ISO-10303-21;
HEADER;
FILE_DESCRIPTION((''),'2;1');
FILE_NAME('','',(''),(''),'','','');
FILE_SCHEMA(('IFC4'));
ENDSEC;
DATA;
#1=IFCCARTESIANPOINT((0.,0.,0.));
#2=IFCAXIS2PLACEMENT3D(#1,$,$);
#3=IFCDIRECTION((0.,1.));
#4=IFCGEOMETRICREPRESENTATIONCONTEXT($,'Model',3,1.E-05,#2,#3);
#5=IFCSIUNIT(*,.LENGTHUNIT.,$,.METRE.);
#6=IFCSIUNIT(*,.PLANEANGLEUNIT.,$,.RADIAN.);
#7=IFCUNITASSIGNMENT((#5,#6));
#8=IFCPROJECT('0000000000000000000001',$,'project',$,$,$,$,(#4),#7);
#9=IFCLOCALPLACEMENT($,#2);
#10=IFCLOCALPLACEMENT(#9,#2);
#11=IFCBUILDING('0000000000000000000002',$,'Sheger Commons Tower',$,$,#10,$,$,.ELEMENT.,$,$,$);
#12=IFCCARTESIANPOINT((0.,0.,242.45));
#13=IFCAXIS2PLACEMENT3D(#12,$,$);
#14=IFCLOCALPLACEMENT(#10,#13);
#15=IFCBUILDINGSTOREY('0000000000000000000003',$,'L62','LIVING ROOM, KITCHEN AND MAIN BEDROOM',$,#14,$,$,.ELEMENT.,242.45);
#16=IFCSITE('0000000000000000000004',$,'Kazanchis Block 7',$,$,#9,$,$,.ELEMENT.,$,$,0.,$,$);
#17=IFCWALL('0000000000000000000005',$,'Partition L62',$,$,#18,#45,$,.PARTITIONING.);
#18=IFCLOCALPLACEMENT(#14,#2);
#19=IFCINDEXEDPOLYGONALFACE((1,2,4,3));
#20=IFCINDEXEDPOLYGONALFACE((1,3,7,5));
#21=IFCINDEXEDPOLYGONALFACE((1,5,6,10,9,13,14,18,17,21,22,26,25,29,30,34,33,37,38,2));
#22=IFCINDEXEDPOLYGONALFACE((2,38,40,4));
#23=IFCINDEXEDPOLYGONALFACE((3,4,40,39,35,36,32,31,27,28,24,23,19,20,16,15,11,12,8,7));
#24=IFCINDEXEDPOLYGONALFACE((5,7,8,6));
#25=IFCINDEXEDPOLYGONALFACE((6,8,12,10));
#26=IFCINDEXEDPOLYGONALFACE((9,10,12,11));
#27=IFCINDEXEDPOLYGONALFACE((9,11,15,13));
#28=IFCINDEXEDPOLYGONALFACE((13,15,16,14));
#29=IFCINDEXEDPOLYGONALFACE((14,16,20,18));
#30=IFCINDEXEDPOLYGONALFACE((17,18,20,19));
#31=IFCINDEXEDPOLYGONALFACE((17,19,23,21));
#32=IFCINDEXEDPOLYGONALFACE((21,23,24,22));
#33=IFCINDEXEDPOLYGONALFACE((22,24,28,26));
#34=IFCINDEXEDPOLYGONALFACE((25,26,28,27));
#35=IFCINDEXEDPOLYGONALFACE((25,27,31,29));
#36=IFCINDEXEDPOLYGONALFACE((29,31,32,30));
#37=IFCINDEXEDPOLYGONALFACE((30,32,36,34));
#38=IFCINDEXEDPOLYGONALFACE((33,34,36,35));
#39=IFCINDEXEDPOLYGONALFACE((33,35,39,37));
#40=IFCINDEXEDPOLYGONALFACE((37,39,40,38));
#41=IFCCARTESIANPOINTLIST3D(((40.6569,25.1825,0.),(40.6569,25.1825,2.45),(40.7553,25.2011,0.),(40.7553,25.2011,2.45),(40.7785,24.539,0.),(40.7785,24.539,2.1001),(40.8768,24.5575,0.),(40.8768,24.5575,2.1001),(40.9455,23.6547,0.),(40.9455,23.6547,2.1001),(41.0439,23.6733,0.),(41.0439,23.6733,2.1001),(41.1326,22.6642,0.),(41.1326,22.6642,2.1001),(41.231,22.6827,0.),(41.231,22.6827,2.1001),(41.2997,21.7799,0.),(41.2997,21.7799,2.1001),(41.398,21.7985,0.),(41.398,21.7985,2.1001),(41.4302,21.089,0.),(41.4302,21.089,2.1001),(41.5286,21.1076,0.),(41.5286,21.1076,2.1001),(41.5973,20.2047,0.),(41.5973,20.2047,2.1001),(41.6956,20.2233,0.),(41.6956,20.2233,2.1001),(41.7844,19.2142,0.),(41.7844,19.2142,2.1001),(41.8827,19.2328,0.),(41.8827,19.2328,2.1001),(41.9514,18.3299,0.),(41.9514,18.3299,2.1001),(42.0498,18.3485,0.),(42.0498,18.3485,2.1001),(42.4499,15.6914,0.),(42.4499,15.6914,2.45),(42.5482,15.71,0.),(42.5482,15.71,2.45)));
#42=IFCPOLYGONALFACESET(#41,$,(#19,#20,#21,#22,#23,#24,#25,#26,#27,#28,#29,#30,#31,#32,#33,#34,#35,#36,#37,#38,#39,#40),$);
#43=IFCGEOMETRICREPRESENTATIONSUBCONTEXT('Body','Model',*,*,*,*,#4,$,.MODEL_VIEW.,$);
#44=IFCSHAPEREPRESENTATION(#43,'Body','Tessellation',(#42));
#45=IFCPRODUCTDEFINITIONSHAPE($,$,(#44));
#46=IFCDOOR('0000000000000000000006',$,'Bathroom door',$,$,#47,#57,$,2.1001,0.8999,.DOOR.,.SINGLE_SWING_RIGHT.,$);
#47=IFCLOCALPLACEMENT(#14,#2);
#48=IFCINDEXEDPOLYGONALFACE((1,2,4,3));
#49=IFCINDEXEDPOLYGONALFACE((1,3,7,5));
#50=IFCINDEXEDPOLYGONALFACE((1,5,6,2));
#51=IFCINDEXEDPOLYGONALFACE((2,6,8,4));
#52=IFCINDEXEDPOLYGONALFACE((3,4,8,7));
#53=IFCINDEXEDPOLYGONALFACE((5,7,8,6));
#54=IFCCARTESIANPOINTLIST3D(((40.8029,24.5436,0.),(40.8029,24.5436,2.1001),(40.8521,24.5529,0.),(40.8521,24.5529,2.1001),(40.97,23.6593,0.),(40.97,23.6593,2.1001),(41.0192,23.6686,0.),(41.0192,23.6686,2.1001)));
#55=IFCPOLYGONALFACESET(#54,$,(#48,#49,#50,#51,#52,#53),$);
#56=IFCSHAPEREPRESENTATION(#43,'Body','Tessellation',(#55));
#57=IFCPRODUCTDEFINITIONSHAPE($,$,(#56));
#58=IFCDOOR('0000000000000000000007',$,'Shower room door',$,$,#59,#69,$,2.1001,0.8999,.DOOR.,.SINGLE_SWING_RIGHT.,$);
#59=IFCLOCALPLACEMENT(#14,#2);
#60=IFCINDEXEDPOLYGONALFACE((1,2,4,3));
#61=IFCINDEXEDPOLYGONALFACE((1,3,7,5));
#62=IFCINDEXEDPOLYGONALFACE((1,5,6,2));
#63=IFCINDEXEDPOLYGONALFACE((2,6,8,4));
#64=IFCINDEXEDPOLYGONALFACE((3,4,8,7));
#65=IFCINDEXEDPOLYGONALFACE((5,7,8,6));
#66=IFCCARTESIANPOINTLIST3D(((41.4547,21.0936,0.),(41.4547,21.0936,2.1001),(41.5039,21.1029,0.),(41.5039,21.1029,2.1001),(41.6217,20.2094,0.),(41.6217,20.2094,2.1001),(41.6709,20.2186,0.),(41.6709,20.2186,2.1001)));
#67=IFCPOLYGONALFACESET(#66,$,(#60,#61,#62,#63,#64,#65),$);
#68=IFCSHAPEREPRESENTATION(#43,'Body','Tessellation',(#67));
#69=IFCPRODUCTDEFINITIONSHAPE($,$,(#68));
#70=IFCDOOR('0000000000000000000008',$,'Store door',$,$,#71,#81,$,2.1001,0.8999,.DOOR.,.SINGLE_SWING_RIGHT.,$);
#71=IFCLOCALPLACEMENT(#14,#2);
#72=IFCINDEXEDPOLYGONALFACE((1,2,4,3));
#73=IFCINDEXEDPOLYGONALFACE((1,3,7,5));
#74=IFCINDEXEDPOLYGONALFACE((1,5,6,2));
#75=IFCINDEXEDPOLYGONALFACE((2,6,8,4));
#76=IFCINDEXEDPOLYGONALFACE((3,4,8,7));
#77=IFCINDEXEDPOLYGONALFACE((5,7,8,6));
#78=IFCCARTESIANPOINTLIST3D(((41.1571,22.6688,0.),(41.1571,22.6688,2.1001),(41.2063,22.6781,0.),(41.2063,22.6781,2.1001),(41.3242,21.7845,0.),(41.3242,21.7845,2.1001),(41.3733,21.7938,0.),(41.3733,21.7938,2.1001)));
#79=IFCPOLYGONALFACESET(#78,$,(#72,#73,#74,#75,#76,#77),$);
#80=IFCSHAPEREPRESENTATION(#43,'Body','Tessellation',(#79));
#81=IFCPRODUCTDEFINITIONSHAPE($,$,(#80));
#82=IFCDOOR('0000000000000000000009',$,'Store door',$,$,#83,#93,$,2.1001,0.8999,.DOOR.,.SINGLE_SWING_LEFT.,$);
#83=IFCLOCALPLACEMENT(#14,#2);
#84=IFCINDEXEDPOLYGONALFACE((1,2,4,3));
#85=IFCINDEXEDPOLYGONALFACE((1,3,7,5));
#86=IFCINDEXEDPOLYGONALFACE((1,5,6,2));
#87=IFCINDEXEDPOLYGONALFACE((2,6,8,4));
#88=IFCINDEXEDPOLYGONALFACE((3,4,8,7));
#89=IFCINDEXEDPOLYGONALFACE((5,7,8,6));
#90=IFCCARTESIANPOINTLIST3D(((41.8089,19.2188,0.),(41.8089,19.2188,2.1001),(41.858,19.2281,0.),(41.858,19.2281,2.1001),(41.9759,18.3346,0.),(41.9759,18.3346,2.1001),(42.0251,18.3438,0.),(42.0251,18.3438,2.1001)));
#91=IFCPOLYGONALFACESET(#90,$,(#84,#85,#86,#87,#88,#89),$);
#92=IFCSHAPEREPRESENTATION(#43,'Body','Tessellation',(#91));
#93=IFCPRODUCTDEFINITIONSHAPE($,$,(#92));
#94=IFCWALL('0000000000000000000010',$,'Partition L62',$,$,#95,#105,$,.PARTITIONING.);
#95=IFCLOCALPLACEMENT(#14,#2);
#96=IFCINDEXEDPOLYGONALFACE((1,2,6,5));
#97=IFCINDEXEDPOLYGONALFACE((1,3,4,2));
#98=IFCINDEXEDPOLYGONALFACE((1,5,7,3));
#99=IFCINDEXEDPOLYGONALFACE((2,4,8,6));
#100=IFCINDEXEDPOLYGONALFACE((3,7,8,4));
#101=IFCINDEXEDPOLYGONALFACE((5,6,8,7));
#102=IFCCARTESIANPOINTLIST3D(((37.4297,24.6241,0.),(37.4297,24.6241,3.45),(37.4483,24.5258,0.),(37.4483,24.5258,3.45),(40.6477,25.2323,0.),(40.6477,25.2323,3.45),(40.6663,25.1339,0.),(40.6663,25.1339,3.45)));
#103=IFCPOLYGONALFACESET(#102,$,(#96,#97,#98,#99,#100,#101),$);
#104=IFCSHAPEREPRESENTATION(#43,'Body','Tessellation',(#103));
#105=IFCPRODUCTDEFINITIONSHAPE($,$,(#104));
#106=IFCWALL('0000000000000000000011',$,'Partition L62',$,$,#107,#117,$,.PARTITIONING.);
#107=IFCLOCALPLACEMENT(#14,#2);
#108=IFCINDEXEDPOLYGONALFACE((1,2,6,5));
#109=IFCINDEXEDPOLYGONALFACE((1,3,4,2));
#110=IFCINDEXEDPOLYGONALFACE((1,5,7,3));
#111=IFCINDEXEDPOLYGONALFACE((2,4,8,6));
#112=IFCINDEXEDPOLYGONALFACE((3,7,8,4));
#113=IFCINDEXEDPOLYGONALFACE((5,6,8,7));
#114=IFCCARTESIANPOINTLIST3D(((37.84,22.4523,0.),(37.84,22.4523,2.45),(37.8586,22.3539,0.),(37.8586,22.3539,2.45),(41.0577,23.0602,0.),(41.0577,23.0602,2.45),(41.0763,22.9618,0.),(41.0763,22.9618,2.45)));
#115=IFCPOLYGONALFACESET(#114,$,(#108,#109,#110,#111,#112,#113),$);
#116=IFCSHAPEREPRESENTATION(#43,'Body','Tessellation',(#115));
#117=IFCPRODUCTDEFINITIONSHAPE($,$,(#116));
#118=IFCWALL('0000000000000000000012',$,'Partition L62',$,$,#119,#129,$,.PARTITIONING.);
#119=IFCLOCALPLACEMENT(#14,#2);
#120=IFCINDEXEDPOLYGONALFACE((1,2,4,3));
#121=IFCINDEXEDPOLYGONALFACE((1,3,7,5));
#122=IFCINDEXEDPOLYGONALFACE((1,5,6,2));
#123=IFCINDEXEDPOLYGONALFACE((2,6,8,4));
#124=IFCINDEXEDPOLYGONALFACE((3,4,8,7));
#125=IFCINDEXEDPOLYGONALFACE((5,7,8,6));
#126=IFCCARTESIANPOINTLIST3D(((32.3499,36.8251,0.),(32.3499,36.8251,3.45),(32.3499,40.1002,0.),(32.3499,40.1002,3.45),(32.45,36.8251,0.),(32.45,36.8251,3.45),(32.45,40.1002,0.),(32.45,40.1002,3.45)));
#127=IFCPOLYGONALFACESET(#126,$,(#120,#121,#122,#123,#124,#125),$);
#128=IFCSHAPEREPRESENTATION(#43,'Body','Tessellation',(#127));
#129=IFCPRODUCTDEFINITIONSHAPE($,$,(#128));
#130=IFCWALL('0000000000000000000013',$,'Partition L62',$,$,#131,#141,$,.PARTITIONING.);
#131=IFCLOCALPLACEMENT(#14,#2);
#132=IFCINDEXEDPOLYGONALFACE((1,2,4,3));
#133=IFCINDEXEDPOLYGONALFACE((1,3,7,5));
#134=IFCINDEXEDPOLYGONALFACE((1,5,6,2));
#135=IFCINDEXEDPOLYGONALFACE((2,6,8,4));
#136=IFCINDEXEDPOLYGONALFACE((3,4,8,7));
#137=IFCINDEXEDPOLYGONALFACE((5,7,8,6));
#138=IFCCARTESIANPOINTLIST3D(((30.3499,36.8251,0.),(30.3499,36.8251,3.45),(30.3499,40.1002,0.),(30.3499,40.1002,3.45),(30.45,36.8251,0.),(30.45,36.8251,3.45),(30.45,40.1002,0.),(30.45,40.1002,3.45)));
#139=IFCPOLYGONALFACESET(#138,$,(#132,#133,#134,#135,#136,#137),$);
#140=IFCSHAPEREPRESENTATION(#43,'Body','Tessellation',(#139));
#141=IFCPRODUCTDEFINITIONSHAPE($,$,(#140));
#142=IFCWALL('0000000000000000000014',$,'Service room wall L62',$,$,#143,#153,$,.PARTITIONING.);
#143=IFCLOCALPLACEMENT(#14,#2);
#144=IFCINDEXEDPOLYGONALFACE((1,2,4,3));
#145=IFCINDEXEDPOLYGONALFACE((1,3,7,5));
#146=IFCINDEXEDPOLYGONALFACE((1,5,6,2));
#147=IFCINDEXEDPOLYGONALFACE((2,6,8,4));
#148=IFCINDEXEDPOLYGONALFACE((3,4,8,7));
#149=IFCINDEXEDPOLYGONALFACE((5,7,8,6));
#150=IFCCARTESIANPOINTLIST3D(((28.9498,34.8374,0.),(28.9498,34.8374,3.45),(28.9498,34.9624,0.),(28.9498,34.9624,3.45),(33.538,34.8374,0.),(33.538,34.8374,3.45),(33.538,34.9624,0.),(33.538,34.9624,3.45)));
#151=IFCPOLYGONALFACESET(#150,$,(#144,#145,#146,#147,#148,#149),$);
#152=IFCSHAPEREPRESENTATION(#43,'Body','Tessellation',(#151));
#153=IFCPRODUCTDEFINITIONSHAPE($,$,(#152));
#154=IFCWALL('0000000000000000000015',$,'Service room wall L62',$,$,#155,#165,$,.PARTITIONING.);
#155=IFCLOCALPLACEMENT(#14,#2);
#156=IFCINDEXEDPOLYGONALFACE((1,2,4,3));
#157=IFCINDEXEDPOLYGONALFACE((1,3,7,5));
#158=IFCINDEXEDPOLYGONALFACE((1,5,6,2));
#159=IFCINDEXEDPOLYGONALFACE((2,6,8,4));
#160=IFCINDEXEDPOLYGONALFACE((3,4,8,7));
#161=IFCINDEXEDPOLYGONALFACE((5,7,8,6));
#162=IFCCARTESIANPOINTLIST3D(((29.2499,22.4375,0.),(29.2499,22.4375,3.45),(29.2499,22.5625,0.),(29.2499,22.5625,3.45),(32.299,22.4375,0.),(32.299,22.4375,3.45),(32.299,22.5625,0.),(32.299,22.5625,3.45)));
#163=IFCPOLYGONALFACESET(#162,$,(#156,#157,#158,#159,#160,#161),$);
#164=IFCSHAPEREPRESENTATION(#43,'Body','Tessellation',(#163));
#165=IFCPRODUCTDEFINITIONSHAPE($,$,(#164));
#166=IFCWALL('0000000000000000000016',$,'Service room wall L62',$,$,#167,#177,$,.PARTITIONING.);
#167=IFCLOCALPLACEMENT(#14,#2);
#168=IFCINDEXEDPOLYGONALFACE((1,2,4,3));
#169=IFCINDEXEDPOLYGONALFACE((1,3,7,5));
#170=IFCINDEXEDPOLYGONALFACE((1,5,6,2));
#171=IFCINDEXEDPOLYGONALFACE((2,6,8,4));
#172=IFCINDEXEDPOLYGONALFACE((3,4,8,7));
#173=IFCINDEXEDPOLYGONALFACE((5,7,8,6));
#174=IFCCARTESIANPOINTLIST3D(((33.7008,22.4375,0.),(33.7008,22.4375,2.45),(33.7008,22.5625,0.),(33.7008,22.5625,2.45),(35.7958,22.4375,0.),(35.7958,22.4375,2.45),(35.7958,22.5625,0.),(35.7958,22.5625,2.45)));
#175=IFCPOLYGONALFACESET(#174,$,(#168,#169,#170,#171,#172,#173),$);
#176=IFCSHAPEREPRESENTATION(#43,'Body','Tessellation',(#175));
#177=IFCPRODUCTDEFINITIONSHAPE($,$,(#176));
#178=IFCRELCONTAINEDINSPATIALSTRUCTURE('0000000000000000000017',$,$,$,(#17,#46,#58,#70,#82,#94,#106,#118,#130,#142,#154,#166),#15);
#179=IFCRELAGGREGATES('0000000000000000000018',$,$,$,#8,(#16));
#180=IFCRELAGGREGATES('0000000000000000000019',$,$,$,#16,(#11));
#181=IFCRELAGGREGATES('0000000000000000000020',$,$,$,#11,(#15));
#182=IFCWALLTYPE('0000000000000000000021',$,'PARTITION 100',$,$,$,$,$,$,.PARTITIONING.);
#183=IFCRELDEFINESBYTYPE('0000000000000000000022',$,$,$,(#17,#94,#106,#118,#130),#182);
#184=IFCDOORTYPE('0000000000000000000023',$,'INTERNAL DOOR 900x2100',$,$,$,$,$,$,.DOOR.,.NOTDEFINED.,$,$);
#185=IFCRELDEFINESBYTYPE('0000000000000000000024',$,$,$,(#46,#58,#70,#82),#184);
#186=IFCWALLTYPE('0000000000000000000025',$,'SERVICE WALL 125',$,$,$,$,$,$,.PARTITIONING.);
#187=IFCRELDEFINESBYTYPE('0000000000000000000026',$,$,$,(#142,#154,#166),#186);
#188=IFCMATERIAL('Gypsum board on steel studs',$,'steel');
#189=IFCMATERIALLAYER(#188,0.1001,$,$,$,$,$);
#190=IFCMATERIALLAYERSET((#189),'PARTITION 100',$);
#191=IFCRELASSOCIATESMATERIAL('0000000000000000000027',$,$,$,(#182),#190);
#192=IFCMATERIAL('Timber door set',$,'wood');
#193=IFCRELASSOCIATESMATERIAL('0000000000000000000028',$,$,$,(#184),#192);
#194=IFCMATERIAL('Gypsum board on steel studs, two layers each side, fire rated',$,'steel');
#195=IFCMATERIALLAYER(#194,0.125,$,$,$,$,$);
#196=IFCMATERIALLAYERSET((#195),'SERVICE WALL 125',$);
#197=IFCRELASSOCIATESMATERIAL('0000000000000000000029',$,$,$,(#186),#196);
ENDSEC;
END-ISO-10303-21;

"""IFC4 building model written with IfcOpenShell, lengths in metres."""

from ifc_helpers import new_model, si_unit, direction, frame, frame_2d, origin, place, context, subcontext, project, spatial, rectangle, extrude, material, layer, layer_set, type_object, element, fill, save


model = new_model("IFC4")

# Units and contexts
model_context = context("Model", 3, precision=1e-05, world=origin(), true_north=direction((0.0, 1.0)))
body_context = subcontext(model_context, "Body", "Model", "MODEL_VIEW")
ifc_project = project(units=[si_unit("LENGTHUNIT", "METRE"), si_unit("PLANEANGLEUNIT", "RADIAN")], contexts=[model_context])

# Site, building, storey
site_placement = place(None, origin())
site = spatial("IfcSite", under=ifc_project, at=site_placement, Name="Kazanchis Block 7", CompositionType="ELEMENT", RefElevation=0.0)
building_placement = place(site_placement, origin())
building = spatial("IfcBuilding", under=site, at=building_placement, Name="Sheger Commons Tower", CompositionType="ELEMENT")
storey_placement = place(building_placement, frame((0.0, 0.0, 242.45)))
storey = spatial("IfcBuildingStorey", under=building, at=storey_placement, Name="L62", Description="LIVING ROOM, KITCHEN AND MAIN BEDROOM", CompositionType="ELEMENT", Elevation=242.45)

# Shared definitions
ifc_material_1 = material(Name="Gypsum board on steel studs", Category="steel")
ifc_layer_1 = layer(ifc_material_1, 0.1001)
ifc_layer_set_1 = layer_set([ifc_layer_1], Name="PARTITION 100")
wall_type_1 = type_object("IfcWallType", Name="PARTITION 100", PredefinedType="PARTITIONING", material=ifc_layer_set_1)

# Wall, openings, doors
wall_1_placement = place(storey_placement, frame((40.7061, 25.1919, 0.0), z_axis=(0.0, 0.0, 1.0), x_axis=(0.18563, -0.98262, 0.0)))
wall_1 = element("IfcWall", 1, at=wall_1_placement, inside=storey, type_object=wall_type_1, Name="Partition L62", PredefinedType="PARTITIONING", context=body_context, shape_type="SweptSolid", body=[
    extrude(rectangle(XDim=9.6589, YDim=0.1001, at=frame_2d((4.8296, 0.0))), origin(), (0.0, 0.0, 1.0), 2.45),
])
opening_1_placement = place(wall_1_placement, frame((0.655, 0.0, 0.0)))
opening_1 = element("IfcOpeningElement", 2, at=opening_1_placement, cuts=wall_1, PredefinedType="OPENING", context=body_context, shape_type="SweptSolid", body=[
    extrude(rectangle(XDim=0.8999, YDim=2.1001, at=frame_2d((0.45, 1.05))), frame((0.0, 0.0601, 0.0), z_axis=(0.0, -1.0, 0.0), x_axis=(1.0, 0.0, 0.0)), (0.0, 0.0, 1.0), 0.1201),
])
opening_2_placement = place(wall_1_placement, frame((4.166, 0.0, 0.0)))
opening_2 = element("IfcOpeningElement", 3, at=opening_2_placement, cuts=wall_1, PredefinedType="OPENING", context=body_context, shape_type="SweptSolid", body=[
    extrude(rectangle(XDim=0.8999, YDim=2.1001, at=frame_2d((0.45, 1.05))), frame((0.0, 0.0601, 0.0), z_axis=(0.0, -1.0, 0.0), x_axis=(1.0, 0.0, 0.0)), (0.0, 0.0, 1.0), 0.1201),
])
opening_3_placement = place(wall_1_placement, frame((2.563, 0.0, 0.0)))
opening_3 = element("IfcOpeningElement", 4, at=opening_3_placement, cuts=wall_1, PredefinedType="OPENING", context=body_context, shape_type="SweptSolid", body=[
    extrude(rectangle(XDim=0.8999, YDim=2.1001, at=frame_2d((0.45, 1.05))), frame((0.0, 0.0601, 0.0), z_axis=(0.0, -1.0, 0.0), x_axis=(1.0, 0.0, 0.0)), (0.0, 0.0, 1.0), 0.1201),
])
opening_4_placement = place(wall_1_placement, frame((6.074, 0.0, 0.0)))
opening_4 = element("IfcOpeningElement", 5, at=opening_4_placement, cuts=wall_1, PredefinedType="OPENING", context=body_context, shape_type="SweptSolid", body=[
    extrude(rectangle(XDim=0.8999, YDim=2.1001, at=frame_2d((0.45, 1.05))), frame((0.0, 0.0601, 0.0), z_axis=(0.0, -1.0, 0.0), x_axis=(1.0, 0.0, 0.0)), (0.0, 0.0, 1.0), 0.1201),
])
ifc_material_2 = material(Name="Timber door set", Category="wood")
door_type = type_object("IfcDoorType", Name="INTERNAL DOOR 900x2100", OperationType="NOTDEFINED", PredefinedType="DOOR", material=ifc_material_2)
door_1_placement = place(opening_1_placement, origin())
door_1 = element("IfcDoor", 6, at=door_1_placement, inside=storey, type_object=door_type, Name="Bathroom door", OperationType="SINGLE_SWING_RIGHT", OverallHeight=2.1001, OverallWidth=0.8999, PredefinedType="DOOR", context=body_context, shape_type="SweptSolid", body=[
    extrude(rectangle(XDim=0.8999, YDim=2.1001, at=frame_2d((0.45, 1.05))), frame((0.0, 0.0249, 0.0), z_axis=(0.0, -1.0, 0.0), x_axis=(1.0, 0.0, 0.0)), (0.0, 0.0, 1.0), 0.05),
])
fill(opening_1, door_1)
door_2_placement = place(opening_2_placement, origin())
door_2 = element("IfcDoor", 7, at=door_2_placement, inside=storey, type_object=door_type, Name="Shower room door", OperationType="SINGLE_SWING_RIGHT", OverallHeight=2.1001, OverallWidth=0.8999, PredefinedType="DOOR", context=body_context, shape_type="SweptSolid", body=[
    extrude(rectangle(XDim=0.8999, YDim=2.1001, at=frame_2d((0.45, 1.05))), frame((0.0, 0.0249, 0.0), z_axis=(0.0, -1.0, 0.0), x_axis=(1.0, 0.0, 0.0)), (0.0, 0.0, 1.0), 0.05),
])
fill(opening_2, door_2)
door_3_placement = place(opening_3_placement, origin())
door_3 = element("IfcDoor", 8, at=door_3_placement, inside=storey, type_object=door_type, Name="Store door", OperationType="SINGLE_SWING_RIGHT", OverallHeight=2.1001, OverallWidth=0.8999, PredefinedType="DOOR", context=body_context, shape_type="SweptSolid", body=[
    extrude(rectangle(XDim=0.8999, YDim=2.1001, at=frame_2d((0.45, 1.05))), frame((0.0, 0.0249, 0.0), z_axis=(0.0, -1.0, 0.0), x_axis=(1.0, 0.0, 0.0)), (0.0, 0.0, 1.0), 0.05),
])
fill(opening_3, door_3)
door_4_placement = place(opening_4_placement, origin())
door_4 = element("IfcDoor", 9, at=door_4_placement, inside=storey, type_object=door_type, Name="Store door", OperationType="SINGLE_SWING_LEFT", OverallHeight=2.1001, OverallWidth=0.8999, PredefinedType="DOOR", context=body_context, shape_type="SweptSolid", body=[
    extrude(rectangle(XDim=0.8999, YDim=2.1001, at=frame_2d((0.45, 1.05))), frame((0.0, 0.0249, 0.0), z_axis=(0.0, -1.0, 0.0), x_axis=(1.0, 0.0, 0.0)), (0.0, 0.0, 1.0), 0.05),
])
fill(opening_4, door_4)

# Walls
wall_2_placement = place(storey_placement, frame((40.657, 25.1831, 0.0), z_axis=(0.0, 0.0, 1.0), x_axis=(-0.982607, -0.185697, 0.0)))
element("IfcWall", 10, at=wall_2_placement, inside=storey, type_object=wall_type_1, Name="Partition L62", PredefinedType="PARTITIONING", context=body_context, shape_type="SweptSolid", body=[
    extrude(rectangle(XDim=3.2749, YDim=0.1001, at=frame_2d((1.6375, 0.0))), origin(), (0.0, 0.0, 1.0), 3.45),
])
wall_3_placement = place(storey_placement, frame((41.0669, 23.011, 0.0), z_axis=(0.0, 0.0, 1.0), x_axis=(-0.982618, -0.185639, 0.0)))
element("IfcWall", 11, at=wall_3_placement, inside=storey, type_object=wall_type_1, Name="Partition L62", PredefinedType="PARTITIONING", context=body_context, shape_type="SweptSolid", body=[
    extrude(rectangle(XDim=3.2747, YDim=0.1001, at=frame_2d((1.6372, 0.0))), origin(), (0.0, 0.0, 1.0), 2.45),
])
for number, where, z_axis, x_axis, name in (
    (12, (32.3999, 36.825, 0.0), (0.0, 0.0, 1.0), (0.0, 1.0, 0.0), "Partition L62"),
    (13, (30.3999, 36.825, 0.0), (0.0, 0.0, 1.0), (0.0, 1.0, 0.0), "Partition L62"),
):
    element("IfcWall", number, at=place(storey_placement, frame(where, z_axis=z_axis, x_axis=x_axis)), inside=storey, type_object=wall_type_1, Name=name, PredefinedType="PARTITIONING", context=body_context, shape_type="SweptSolid", body=[
        extrude(rectangle(XDim=3.2751, YDim=0.1001, at=frame_2d((1.6377, 0.0))), origin(), (0.0, 0.0, 1.0), 3.45),
    ])
ifc_material_3 = material(Name="Gypsum board on steel studs, two layers each side, fire rated", Category="steel")
ifc_layer_2 = layer(ifc_material_3, 0.125)
ifc_layer_set_2 = layer_set([ifc_layer_2], Name="SERVICE WALL 125")
wall_type_2 = type_object("IfcWallType", Name="SERVICE WALL 125", PredefinedType="PARTITIONING", material=ifc_layer_set_2)
wall_4_placement = place(storey_placement, frame((28.95, 34.8999, 0.0), z_axis=(0.0, 0.0, 1.0), x_axis=(1.0, 0.0, 0.0)))
element("IfcWall", 14, at=wall_4_placement, inside=storey, type_object=wall_type_2, Name="Service room wall L62", PredefinedType="PARTITIONING", context=body_context, shape_type="SweptSolid", body=[
    extrude(rectangle(XDim=4.5881, YDim=0.125, at=frame_2d((2.2939, 0.0))), origin(), (0.0, 0.0, 1.0), 3.45),
])
wall_5_placement = place(storey_placement, frame((29.25, 22.5, 0.0), z_axis=(0.0, 0.0, 1.0), x_axis=(1.0, 0.0, 0.0)))
element("IfcWall", 15, at=wall_5_placement, inside=storey, type_object=wall_type_2, Name="Service room wall L62", PredefinedType="PARTITIONING", context=body_context, shape_type="SweptSolid", body=[
    extrude(rectangle(XDim=3.0491, YDim=0.125, at=frame_2d((1.5244, 0.0))), origin(), (0.0, 0.0, 1.0), 3.45),
])
wall_6_placement = place(storey_placement, frame((33.7009, 22.5, 0.0), z_axis=(0.0, 0.0, 1.0), x_axis=(1.0, 0.0, 0.0)))
element("IfcWall", 16, at=wall_6_placement, inside=storey, type_object=wall_type_2, Name="Service room wall L62", PredefinedType="PARTITIONING", context=body_context, shape_type="SweptSolid", body=[
    extrude(rectangle(XDim=2.095, YDim=0.125, at=frame_2d((1.0474, 0.0))), origin(), (0.0, 0.0, 1.0), 2.45),
])

save(model, "model.ifc")
